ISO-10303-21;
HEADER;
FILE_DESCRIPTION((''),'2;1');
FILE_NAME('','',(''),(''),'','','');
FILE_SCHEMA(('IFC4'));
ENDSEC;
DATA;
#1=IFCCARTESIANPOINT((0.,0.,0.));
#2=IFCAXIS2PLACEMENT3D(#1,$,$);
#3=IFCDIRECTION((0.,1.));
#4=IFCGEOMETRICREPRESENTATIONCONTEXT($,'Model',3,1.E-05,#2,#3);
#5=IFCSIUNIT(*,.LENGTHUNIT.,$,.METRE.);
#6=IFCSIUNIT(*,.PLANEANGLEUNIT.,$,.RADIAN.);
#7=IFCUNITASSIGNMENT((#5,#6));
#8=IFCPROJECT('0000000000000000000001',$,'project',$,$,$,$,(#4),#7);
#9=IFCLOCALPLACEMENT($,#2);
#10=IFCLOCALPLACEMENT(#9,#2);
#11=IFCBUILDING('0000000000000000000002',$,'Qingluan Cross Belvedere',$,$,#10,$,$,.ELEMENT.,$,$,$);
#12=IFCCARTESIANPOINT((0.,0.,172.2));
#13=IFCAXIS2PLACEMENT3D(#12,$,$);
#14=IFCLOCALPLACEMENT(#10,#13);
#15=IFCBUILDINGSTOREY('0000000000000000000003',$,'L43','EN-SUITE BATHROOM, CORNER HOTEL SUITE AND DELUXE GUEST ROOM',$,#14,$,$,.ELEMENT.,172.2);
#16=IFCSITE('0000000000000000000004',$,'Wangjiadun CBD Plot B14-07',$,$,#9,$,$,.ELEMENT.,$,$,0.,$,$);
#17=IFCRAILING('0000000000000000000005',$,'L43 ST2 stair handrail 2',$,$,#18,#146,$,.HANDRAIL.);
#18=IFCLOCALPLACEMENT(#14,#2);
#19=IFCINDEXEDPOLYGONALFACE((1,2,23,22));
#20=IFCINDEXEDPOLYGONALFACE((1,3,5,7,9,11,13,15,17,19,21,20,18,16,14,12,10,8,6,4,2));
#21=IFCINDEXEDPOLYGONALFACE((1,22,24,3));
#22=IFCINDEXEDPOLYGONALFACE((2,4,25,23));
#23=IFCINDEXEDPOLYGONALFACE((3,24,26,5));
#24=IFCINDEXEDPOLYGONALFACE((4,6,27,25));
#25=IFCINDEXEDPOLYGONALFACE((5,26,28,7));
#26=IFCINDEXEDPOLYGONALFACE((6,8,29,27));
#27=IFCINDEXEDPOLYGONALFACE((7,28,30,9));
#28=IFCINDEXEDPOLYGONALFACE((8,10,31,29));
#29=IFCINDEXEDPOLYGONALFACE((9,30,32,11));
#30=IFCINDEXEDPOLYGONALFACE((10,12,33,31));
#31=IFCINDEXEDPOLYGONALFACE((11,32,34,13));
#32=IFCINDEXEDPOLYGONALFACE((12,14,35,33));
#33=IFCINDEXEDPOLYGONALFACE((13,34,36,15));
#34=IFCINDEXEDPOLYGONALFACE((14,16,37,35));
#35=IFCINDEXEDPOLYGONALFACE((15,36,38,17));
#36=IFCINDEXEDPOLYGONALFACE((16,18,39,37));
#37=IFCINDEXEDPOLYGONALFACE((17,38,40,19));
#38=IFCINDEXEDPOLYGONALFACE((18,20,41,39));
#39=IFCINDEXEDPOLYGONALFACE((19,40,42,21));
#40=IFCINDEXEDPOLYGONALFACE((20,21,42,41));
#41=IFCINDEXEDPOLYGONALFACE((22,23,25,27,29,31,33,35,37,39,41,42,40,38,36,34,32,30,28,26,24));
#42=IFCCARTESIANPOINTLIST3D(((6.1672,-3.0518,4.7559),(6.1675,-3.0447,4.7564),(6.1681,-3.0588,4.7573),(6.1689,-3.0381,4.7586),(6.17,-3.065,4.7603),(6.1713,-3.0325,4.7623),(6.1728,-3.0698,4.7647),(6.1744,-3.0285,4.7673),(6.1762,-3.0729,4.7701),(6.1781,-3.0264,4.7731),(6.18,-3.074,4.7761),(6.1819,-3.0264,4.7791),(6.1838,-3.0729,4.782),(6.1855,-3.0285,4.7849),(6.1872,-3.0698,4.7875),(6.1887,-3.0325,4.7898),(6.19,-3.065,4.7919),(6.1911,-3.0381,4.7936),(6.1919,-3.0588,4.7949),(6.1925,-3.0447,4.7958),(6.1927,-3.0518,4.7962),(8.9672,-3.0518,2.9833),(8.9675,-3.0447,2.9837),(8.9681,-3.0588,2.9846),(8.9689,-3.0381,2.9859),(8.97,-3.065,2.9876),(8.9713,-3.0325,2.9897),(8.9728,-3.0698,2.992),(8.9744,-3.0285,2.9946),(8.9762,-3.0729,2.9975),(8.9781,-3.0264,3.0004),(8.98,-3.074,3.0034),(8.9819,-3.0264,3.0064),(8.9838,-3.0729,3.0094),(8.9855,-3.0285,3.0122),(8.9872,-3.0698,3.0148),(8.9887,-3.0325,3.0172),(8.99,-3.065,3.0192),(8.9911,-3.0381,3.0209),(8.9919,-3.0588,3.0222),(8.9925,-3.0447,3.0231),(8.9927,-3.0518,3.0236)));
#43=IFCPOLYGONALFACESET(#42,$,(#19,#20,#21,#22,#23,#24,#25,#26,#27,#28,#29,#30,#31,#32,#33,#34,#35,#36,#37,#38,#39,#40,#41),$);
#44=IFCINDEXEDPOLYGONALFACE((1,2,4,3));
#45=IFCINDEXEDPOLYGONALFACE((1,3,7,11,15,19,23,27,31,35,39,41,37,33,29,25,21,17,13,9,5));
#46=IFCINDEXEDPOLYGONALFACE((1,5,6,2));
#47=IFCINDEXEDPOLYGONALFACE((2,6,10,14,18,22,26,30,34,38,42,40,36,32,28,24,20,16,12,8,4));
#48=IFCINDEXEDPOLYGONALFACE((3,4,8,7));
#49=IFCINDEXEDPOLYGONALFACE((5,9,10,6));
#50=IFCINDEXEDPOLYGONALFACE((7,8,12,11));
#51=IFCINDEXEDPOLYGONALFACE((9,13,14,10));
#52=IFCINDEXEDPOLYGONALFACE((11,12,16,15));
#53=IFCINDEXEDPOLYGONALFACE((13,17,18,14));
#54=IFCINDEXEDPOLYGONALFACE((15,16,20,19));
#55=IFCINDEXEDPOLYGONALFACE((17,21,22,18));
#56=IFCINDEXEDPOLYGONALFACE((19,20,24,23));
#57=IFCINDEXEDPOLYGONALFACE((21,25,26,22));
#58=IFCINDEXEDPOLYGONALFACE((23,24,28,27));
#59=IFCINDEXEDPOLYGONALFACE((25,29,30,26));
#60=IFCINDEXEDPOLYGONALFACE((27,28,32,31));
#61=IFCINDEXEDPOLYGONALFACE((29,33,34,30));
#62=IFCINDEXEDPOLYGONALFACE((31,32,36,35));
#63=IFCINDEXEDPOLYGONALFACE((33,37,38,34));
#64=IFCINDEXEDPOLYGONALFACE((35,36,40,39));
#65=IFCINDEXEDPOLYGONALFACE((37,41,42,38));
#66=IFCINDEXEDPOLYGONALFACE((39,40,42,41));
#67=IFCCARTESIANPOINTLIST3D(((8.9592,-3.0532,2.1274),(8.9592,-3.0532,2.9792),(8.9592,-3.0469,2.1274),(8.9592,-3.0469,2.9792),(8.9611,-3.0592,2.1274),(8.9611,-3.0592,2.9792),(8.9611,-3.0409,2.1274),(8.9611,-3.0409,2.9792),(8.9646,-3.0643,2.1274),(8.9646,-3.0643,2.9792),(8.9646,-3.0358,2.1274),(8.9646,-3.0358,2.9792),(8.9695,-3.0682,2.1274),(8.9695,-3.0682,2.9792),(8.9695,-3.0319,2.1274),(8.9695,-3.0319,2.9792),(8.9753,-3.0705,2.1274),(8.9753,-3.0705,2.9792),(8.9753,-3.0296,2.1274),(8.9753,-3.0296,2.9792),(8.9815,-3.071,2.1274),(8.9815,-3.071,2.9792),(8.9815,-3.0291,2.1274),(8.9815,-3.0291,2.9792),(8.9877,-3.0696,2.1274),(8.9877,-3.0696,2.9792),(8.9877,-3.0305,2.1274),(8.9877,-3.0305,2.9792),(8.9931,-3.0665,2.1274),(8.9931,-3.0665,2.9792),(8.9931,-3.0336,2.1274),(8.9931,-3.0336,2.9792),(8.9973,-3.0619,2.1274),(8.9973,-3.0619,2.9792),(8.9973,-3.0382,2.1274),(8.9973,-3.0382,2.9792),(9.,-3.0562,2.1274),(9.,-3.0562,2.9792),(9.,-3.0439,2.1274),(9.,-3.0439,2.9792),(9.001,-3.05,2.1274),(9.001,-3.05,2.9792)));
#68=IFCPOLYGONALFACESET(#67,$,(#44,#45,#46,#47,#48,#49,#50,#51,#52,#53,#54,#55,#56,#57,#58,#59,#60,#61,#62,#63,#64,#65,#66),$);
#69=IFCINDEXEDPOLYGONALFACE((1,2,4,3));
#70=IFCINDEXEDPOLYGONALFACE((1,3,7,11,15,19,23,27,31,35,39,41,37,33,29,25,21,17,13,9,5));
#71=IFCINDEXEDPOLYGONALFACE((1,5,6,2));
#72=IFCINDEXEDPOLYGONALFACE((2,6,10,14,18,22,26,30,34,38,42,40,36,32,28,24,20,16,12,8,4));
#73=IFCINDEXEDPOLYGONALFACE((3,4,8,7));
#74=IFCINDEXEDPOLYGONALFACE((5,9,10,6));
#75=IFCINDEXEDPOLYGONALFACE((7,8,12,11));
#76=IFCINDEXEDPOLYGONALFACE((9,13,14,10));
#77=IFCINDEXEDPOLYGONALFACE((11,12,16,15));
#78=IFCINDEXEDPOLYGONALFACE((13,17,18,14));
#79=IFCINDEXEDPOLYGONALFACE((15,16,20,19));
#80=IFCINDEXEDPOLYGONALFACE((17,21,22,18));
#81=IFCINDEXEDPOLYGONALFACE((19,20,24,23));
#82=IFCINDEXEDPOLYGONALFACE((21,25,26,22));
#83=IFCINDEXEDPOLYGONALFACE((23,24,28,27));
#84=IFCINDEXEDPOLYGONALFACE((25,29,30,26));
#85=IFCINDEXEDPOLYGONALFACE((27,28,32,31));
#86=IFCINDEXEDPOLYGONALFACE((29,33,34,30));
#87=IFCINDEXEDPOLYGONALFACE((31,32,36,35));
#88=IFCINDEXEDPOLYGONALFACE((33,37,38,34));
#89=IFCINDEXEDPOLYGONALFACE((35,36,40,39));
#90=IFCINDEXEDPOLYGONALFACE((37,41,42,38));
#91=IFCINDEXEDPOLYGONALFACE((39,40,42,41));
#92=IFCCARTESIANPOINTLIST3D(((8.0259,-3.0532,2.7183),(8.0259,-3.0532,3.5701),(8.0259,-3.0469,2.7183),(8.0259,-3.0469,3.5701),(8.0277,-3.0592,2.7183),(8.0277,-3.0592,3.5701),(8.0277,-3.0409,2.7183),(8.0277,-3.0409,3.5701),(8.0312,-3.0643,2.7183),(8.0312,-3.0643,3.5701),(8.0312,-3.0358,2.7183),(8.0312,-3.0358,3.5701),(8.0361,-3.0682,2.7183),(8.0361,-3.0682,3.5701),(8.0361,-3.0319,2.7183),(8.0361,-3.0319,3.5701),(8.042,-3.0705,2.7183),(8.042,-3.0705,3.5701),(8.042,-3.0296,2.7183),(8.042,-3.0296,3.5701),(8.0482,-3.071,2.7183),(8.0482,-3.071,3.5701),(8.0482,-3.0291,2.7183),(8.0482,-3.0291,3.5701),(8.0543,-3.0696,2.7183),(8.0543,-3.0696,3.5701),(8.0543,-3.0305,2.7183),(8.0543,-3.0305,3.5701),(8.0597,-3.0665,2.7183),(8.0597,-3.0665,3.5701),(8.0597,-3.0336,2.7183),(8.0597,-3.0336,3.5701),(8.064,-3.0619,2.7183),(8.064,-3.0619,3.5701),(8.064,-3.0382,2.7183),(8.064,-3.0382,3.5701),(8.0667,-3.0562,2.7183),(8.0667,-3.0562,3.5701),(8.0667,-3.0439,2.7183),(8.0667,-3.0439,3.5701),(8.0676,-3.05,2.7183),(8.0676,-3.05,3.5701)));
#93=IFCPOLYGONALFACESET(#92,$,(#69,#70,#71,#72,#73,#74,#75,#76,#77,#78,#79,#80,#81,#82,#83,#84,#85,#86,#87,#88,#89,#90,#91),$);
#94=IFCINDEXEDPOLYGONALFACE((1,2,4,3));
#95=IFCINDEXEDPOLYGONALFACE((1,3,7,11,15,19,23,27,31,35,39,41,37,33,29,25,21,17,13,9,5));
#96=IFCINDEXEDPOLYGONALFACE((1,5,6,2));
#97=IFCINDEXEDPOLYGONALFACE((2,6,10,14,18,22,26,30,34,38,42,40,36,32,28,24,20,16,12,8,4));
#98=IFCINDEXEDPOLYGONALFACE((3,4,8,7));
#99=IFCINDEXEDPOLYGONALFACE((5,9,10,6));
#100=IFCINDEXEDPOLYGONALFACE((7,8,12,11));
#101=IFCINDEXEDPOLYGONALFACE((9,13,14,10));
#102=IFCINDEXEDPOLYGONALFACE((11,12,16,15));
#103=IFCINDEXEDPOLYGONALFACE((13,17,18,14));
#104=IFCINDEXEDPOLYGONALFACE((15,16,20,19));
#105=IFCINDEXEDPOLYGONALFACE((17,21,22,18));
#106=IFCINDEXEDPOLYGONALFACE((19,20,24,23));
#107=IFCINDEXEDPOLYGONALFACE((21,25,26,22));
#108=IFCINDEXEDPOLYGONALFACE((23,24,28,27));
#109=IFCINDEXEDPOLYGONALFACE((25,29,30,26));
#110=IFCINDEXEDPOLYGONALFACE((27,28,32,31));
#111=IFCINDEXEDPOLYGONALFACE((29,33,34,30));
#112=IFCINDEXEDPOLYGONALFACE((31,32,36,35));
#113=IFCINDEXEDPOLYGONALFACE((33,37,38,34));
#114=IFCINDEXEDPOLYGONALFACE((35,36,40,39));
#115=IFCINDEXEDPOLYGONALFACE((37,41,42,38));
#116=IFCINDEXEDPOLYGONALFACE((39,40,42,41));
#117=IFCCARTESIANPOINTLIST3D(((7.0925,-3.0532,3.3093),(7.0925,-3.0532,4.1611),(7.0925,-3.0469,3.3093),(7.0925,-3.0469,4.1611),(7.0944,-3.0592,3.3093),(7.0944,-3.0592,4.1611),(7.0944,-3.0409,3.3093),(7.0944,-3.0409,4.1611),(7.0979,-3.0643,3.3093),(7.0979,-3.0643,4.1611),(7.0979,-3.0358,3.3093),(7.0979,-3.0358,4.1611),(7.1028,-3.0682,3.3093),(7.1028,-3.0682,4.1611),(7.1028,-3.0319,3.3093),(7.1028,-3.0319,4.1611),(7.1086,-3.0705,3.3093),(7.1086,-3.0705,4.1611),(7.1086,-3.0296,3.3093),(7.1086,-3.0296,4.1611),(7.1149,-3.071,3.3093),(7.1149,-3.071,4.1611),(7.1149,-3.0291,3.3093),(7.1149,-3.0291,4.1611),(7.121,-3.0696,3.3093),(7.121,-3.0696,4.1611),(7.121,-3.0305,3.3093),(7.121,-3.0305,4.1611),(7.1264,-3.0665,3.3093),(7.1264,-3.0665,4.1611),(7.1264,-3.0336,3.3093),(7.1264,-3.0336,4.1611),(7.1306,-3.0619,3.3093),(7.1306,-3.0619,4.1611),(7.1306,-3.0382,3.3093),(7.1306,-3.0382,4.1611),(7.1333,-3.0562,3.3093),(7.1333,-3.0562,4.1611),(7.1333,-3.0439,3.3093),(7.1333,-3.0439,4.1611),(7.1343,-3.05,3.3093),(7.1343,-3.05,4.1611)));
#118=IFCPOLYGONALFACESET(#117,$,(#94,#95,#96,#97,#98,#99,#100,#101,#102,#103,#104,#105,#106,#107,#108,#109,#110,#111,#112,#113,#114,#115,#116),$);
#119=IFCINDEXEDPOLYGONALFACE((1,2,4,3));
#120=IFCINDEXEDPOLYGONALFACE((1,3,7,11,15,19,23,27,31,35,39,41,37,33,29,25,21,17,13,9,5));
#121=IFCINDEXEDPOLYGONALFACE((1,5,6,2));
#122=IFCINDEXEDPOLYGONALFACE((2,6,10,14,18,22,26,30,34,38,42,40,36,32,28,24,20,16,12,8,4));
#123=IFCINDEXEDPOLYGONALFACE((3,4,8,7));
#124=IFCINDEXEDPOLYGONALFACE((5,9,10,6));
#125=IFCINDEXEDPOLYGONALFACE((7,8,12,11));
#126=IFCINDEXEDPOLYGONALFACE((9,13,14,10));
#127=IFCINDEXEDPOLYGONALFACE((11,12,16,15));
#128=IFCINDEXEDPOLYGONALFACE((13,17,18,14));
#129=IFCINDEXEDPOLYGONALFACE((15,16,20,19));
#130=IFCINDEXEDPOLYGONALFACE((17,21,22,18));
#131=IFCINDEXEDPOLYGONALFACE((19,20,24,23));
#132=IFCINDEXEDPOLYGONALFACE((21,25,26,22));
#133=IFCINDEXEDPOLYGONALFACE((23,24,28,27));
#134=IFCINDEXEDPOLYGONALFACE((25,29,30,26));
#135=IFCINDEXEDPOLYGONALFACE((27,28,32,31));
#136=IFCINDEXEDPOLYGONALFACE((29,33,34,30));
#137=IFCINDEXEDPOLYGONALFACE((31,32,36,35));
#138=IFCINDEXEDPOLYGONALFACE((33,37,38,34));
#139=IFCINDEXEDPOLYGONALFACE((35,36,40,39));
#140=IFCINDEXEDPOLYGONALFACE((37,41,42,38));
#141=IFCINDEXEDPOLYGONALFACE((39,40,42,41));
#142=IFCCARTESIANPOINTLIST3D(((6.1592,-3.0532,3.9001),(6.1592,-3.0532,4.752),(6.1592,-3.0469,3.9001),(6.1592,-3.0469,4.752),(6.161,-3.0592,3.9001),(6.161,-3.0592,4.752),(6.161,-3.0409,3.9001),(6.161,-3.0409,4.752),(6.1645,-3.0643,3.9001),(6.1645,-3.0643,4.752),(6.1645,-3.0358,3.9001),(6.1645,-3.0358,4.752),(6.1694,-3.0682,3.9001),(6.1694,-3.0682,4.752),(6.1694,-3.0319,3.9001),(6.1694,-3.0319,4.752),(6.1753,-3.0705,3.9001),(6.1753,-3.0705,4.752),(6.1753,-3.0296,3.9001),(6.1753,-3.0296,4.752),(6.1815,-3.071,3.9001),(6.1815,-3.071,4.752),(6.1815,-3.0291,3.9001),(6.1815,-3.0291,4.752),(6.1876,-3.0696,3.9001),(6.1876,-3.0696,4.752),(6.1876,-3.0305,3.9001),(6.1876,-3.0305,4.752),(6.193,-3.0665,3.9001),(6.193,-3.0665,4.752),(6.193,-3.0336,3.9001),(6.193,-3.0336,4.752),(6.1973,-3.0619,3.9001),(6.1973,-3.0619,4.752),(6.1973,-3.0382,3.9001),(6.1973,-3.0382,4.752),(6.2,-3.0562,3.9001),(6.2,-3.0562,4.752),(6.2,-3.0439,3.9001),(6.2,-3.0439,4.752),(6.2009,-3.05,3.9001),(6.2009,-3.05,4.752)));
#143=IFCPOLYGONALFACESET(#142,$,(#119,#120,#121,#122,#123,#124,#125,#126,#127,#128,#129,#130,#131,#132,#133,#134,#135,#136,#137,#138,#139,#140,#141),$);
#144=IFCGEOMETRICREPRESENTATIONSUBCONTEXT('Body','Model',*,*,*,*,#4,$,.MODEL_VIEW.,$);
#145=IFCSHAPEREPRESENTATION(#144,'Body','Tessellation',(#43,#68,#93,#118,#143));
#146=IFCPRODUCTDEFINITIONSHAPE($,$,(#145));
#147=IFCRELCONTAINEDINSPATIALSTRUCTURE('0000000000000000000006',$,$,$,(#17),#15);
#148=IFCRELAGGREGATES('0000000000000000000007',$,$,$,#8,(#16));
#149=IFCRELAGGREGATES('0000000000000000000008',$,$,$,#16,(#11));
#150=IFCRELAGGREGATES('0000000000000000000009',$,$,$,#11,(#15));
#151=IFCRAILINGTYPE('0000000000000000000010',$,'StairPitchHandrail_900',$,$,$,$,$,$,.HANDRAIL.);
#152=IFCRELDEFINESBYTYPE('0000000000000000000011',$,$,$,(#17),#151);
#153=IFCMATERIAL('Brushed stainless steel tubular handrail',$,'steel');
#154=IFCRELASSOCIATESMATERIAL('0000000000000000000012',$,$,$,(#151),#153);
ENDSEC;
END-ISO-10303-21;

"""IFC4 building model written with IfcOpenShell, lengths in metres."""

from ifc_helpers import new_model, si_unit, direction, frame, origin, origin_2d, place, context, subcontext, project, spatial, circle, extrude, material, type_object, element, save


model = new_model("IFC4")

# Units and contexts
model_context = context("Model", 3, precision=1e-05, world=origin(), true_north=direction((0.0, 1.0)))
body_context = subcontext(model_context, "Body", "Model", "MODEL_VIEW")
ifc_project = project(units=[si_unit("LENGTHUNIT", "METRE"), si_unit("PLANEANGLEUNIT", "RADIAN")], contexts=[model_context])

# Site, building, storey
site_placement = place(None, origin())
site = spatial("IfcSite", under=ifc_project, at=site_placement, Name="Wangjiadun CBD Plot B14-07", CompositionType="ELEMENT", RefElevation=0.0)
building_placement = place(site_placement, origin())
building = spatial("IfcBuilding", under=site, at=building_placement, Name="Qingluan Cross Belvedere", CompositionType="ELEMENT")
storey_placement = place(building_placement, frame((0.0, 0.0, 172.2)))
storey = spatial("IfcBuildingStorey", under=building, at=storey_placement, Name="L43", Description="EN-SUITE BATHROOM, CORNER HOTEL SUITE AND DELUXE GUEST ROOM", CompositionType="ELEMENT", Elevation=172.2)

# Railing
ifc_material_1 = material(Name="Brushed stainless steel tubular handrail", Category="steel")
railing_type_1 = type_object("IfcRailingType", Name="StairPitchHandrail_900", PredefinedType="HANDRAIL", material=ifc_material_1)
railing_1_placement = place(storey_placement, frame((8.98, -3.05, 2.1274)))
element("IfcRailing", 1, at=railing_1_placement, inside=storey, type_object=railing_type_1, Name="L43 ST2 stair handrail 2", PredefinedType="HANDRAIL", context=body_context, shape_type="SweptSolid", body=[
    extrude(circle(Radius=0.0239, at=origin_2d()), frame((0.0, 0.0, 0.876), z_axis=(-0.844909, 0.0, 0.53491), x_axis=(0.0, -1.0, 0.0)), (0.0, 0.0, 1.0), 3.314),
    extrude(circle(Radius=0.021, at=origin_2d()), origin(), (0.0, 0.0, 1.0), 0.8518),
    extrude(circle(Radius=0.021, at=origin_2d()), frame((-0.9333, 0.0, 0.5908)), (0.0, 0.0, 1.0), 0.8518),
    extrude(circle(Radius=0.021, at=origin_2d()), frame((-1.8667, 0.0, 1.1819)), (0.0, 0.0, 1.0), 0.8518),
    extrude(circle(Radius=0.021, at=origin_2d()), frame((-2.8, 0.0, 1.7727)), (0.0, 0.0, 1.0), 0.8518),
])

save(model, "model.ifc")
